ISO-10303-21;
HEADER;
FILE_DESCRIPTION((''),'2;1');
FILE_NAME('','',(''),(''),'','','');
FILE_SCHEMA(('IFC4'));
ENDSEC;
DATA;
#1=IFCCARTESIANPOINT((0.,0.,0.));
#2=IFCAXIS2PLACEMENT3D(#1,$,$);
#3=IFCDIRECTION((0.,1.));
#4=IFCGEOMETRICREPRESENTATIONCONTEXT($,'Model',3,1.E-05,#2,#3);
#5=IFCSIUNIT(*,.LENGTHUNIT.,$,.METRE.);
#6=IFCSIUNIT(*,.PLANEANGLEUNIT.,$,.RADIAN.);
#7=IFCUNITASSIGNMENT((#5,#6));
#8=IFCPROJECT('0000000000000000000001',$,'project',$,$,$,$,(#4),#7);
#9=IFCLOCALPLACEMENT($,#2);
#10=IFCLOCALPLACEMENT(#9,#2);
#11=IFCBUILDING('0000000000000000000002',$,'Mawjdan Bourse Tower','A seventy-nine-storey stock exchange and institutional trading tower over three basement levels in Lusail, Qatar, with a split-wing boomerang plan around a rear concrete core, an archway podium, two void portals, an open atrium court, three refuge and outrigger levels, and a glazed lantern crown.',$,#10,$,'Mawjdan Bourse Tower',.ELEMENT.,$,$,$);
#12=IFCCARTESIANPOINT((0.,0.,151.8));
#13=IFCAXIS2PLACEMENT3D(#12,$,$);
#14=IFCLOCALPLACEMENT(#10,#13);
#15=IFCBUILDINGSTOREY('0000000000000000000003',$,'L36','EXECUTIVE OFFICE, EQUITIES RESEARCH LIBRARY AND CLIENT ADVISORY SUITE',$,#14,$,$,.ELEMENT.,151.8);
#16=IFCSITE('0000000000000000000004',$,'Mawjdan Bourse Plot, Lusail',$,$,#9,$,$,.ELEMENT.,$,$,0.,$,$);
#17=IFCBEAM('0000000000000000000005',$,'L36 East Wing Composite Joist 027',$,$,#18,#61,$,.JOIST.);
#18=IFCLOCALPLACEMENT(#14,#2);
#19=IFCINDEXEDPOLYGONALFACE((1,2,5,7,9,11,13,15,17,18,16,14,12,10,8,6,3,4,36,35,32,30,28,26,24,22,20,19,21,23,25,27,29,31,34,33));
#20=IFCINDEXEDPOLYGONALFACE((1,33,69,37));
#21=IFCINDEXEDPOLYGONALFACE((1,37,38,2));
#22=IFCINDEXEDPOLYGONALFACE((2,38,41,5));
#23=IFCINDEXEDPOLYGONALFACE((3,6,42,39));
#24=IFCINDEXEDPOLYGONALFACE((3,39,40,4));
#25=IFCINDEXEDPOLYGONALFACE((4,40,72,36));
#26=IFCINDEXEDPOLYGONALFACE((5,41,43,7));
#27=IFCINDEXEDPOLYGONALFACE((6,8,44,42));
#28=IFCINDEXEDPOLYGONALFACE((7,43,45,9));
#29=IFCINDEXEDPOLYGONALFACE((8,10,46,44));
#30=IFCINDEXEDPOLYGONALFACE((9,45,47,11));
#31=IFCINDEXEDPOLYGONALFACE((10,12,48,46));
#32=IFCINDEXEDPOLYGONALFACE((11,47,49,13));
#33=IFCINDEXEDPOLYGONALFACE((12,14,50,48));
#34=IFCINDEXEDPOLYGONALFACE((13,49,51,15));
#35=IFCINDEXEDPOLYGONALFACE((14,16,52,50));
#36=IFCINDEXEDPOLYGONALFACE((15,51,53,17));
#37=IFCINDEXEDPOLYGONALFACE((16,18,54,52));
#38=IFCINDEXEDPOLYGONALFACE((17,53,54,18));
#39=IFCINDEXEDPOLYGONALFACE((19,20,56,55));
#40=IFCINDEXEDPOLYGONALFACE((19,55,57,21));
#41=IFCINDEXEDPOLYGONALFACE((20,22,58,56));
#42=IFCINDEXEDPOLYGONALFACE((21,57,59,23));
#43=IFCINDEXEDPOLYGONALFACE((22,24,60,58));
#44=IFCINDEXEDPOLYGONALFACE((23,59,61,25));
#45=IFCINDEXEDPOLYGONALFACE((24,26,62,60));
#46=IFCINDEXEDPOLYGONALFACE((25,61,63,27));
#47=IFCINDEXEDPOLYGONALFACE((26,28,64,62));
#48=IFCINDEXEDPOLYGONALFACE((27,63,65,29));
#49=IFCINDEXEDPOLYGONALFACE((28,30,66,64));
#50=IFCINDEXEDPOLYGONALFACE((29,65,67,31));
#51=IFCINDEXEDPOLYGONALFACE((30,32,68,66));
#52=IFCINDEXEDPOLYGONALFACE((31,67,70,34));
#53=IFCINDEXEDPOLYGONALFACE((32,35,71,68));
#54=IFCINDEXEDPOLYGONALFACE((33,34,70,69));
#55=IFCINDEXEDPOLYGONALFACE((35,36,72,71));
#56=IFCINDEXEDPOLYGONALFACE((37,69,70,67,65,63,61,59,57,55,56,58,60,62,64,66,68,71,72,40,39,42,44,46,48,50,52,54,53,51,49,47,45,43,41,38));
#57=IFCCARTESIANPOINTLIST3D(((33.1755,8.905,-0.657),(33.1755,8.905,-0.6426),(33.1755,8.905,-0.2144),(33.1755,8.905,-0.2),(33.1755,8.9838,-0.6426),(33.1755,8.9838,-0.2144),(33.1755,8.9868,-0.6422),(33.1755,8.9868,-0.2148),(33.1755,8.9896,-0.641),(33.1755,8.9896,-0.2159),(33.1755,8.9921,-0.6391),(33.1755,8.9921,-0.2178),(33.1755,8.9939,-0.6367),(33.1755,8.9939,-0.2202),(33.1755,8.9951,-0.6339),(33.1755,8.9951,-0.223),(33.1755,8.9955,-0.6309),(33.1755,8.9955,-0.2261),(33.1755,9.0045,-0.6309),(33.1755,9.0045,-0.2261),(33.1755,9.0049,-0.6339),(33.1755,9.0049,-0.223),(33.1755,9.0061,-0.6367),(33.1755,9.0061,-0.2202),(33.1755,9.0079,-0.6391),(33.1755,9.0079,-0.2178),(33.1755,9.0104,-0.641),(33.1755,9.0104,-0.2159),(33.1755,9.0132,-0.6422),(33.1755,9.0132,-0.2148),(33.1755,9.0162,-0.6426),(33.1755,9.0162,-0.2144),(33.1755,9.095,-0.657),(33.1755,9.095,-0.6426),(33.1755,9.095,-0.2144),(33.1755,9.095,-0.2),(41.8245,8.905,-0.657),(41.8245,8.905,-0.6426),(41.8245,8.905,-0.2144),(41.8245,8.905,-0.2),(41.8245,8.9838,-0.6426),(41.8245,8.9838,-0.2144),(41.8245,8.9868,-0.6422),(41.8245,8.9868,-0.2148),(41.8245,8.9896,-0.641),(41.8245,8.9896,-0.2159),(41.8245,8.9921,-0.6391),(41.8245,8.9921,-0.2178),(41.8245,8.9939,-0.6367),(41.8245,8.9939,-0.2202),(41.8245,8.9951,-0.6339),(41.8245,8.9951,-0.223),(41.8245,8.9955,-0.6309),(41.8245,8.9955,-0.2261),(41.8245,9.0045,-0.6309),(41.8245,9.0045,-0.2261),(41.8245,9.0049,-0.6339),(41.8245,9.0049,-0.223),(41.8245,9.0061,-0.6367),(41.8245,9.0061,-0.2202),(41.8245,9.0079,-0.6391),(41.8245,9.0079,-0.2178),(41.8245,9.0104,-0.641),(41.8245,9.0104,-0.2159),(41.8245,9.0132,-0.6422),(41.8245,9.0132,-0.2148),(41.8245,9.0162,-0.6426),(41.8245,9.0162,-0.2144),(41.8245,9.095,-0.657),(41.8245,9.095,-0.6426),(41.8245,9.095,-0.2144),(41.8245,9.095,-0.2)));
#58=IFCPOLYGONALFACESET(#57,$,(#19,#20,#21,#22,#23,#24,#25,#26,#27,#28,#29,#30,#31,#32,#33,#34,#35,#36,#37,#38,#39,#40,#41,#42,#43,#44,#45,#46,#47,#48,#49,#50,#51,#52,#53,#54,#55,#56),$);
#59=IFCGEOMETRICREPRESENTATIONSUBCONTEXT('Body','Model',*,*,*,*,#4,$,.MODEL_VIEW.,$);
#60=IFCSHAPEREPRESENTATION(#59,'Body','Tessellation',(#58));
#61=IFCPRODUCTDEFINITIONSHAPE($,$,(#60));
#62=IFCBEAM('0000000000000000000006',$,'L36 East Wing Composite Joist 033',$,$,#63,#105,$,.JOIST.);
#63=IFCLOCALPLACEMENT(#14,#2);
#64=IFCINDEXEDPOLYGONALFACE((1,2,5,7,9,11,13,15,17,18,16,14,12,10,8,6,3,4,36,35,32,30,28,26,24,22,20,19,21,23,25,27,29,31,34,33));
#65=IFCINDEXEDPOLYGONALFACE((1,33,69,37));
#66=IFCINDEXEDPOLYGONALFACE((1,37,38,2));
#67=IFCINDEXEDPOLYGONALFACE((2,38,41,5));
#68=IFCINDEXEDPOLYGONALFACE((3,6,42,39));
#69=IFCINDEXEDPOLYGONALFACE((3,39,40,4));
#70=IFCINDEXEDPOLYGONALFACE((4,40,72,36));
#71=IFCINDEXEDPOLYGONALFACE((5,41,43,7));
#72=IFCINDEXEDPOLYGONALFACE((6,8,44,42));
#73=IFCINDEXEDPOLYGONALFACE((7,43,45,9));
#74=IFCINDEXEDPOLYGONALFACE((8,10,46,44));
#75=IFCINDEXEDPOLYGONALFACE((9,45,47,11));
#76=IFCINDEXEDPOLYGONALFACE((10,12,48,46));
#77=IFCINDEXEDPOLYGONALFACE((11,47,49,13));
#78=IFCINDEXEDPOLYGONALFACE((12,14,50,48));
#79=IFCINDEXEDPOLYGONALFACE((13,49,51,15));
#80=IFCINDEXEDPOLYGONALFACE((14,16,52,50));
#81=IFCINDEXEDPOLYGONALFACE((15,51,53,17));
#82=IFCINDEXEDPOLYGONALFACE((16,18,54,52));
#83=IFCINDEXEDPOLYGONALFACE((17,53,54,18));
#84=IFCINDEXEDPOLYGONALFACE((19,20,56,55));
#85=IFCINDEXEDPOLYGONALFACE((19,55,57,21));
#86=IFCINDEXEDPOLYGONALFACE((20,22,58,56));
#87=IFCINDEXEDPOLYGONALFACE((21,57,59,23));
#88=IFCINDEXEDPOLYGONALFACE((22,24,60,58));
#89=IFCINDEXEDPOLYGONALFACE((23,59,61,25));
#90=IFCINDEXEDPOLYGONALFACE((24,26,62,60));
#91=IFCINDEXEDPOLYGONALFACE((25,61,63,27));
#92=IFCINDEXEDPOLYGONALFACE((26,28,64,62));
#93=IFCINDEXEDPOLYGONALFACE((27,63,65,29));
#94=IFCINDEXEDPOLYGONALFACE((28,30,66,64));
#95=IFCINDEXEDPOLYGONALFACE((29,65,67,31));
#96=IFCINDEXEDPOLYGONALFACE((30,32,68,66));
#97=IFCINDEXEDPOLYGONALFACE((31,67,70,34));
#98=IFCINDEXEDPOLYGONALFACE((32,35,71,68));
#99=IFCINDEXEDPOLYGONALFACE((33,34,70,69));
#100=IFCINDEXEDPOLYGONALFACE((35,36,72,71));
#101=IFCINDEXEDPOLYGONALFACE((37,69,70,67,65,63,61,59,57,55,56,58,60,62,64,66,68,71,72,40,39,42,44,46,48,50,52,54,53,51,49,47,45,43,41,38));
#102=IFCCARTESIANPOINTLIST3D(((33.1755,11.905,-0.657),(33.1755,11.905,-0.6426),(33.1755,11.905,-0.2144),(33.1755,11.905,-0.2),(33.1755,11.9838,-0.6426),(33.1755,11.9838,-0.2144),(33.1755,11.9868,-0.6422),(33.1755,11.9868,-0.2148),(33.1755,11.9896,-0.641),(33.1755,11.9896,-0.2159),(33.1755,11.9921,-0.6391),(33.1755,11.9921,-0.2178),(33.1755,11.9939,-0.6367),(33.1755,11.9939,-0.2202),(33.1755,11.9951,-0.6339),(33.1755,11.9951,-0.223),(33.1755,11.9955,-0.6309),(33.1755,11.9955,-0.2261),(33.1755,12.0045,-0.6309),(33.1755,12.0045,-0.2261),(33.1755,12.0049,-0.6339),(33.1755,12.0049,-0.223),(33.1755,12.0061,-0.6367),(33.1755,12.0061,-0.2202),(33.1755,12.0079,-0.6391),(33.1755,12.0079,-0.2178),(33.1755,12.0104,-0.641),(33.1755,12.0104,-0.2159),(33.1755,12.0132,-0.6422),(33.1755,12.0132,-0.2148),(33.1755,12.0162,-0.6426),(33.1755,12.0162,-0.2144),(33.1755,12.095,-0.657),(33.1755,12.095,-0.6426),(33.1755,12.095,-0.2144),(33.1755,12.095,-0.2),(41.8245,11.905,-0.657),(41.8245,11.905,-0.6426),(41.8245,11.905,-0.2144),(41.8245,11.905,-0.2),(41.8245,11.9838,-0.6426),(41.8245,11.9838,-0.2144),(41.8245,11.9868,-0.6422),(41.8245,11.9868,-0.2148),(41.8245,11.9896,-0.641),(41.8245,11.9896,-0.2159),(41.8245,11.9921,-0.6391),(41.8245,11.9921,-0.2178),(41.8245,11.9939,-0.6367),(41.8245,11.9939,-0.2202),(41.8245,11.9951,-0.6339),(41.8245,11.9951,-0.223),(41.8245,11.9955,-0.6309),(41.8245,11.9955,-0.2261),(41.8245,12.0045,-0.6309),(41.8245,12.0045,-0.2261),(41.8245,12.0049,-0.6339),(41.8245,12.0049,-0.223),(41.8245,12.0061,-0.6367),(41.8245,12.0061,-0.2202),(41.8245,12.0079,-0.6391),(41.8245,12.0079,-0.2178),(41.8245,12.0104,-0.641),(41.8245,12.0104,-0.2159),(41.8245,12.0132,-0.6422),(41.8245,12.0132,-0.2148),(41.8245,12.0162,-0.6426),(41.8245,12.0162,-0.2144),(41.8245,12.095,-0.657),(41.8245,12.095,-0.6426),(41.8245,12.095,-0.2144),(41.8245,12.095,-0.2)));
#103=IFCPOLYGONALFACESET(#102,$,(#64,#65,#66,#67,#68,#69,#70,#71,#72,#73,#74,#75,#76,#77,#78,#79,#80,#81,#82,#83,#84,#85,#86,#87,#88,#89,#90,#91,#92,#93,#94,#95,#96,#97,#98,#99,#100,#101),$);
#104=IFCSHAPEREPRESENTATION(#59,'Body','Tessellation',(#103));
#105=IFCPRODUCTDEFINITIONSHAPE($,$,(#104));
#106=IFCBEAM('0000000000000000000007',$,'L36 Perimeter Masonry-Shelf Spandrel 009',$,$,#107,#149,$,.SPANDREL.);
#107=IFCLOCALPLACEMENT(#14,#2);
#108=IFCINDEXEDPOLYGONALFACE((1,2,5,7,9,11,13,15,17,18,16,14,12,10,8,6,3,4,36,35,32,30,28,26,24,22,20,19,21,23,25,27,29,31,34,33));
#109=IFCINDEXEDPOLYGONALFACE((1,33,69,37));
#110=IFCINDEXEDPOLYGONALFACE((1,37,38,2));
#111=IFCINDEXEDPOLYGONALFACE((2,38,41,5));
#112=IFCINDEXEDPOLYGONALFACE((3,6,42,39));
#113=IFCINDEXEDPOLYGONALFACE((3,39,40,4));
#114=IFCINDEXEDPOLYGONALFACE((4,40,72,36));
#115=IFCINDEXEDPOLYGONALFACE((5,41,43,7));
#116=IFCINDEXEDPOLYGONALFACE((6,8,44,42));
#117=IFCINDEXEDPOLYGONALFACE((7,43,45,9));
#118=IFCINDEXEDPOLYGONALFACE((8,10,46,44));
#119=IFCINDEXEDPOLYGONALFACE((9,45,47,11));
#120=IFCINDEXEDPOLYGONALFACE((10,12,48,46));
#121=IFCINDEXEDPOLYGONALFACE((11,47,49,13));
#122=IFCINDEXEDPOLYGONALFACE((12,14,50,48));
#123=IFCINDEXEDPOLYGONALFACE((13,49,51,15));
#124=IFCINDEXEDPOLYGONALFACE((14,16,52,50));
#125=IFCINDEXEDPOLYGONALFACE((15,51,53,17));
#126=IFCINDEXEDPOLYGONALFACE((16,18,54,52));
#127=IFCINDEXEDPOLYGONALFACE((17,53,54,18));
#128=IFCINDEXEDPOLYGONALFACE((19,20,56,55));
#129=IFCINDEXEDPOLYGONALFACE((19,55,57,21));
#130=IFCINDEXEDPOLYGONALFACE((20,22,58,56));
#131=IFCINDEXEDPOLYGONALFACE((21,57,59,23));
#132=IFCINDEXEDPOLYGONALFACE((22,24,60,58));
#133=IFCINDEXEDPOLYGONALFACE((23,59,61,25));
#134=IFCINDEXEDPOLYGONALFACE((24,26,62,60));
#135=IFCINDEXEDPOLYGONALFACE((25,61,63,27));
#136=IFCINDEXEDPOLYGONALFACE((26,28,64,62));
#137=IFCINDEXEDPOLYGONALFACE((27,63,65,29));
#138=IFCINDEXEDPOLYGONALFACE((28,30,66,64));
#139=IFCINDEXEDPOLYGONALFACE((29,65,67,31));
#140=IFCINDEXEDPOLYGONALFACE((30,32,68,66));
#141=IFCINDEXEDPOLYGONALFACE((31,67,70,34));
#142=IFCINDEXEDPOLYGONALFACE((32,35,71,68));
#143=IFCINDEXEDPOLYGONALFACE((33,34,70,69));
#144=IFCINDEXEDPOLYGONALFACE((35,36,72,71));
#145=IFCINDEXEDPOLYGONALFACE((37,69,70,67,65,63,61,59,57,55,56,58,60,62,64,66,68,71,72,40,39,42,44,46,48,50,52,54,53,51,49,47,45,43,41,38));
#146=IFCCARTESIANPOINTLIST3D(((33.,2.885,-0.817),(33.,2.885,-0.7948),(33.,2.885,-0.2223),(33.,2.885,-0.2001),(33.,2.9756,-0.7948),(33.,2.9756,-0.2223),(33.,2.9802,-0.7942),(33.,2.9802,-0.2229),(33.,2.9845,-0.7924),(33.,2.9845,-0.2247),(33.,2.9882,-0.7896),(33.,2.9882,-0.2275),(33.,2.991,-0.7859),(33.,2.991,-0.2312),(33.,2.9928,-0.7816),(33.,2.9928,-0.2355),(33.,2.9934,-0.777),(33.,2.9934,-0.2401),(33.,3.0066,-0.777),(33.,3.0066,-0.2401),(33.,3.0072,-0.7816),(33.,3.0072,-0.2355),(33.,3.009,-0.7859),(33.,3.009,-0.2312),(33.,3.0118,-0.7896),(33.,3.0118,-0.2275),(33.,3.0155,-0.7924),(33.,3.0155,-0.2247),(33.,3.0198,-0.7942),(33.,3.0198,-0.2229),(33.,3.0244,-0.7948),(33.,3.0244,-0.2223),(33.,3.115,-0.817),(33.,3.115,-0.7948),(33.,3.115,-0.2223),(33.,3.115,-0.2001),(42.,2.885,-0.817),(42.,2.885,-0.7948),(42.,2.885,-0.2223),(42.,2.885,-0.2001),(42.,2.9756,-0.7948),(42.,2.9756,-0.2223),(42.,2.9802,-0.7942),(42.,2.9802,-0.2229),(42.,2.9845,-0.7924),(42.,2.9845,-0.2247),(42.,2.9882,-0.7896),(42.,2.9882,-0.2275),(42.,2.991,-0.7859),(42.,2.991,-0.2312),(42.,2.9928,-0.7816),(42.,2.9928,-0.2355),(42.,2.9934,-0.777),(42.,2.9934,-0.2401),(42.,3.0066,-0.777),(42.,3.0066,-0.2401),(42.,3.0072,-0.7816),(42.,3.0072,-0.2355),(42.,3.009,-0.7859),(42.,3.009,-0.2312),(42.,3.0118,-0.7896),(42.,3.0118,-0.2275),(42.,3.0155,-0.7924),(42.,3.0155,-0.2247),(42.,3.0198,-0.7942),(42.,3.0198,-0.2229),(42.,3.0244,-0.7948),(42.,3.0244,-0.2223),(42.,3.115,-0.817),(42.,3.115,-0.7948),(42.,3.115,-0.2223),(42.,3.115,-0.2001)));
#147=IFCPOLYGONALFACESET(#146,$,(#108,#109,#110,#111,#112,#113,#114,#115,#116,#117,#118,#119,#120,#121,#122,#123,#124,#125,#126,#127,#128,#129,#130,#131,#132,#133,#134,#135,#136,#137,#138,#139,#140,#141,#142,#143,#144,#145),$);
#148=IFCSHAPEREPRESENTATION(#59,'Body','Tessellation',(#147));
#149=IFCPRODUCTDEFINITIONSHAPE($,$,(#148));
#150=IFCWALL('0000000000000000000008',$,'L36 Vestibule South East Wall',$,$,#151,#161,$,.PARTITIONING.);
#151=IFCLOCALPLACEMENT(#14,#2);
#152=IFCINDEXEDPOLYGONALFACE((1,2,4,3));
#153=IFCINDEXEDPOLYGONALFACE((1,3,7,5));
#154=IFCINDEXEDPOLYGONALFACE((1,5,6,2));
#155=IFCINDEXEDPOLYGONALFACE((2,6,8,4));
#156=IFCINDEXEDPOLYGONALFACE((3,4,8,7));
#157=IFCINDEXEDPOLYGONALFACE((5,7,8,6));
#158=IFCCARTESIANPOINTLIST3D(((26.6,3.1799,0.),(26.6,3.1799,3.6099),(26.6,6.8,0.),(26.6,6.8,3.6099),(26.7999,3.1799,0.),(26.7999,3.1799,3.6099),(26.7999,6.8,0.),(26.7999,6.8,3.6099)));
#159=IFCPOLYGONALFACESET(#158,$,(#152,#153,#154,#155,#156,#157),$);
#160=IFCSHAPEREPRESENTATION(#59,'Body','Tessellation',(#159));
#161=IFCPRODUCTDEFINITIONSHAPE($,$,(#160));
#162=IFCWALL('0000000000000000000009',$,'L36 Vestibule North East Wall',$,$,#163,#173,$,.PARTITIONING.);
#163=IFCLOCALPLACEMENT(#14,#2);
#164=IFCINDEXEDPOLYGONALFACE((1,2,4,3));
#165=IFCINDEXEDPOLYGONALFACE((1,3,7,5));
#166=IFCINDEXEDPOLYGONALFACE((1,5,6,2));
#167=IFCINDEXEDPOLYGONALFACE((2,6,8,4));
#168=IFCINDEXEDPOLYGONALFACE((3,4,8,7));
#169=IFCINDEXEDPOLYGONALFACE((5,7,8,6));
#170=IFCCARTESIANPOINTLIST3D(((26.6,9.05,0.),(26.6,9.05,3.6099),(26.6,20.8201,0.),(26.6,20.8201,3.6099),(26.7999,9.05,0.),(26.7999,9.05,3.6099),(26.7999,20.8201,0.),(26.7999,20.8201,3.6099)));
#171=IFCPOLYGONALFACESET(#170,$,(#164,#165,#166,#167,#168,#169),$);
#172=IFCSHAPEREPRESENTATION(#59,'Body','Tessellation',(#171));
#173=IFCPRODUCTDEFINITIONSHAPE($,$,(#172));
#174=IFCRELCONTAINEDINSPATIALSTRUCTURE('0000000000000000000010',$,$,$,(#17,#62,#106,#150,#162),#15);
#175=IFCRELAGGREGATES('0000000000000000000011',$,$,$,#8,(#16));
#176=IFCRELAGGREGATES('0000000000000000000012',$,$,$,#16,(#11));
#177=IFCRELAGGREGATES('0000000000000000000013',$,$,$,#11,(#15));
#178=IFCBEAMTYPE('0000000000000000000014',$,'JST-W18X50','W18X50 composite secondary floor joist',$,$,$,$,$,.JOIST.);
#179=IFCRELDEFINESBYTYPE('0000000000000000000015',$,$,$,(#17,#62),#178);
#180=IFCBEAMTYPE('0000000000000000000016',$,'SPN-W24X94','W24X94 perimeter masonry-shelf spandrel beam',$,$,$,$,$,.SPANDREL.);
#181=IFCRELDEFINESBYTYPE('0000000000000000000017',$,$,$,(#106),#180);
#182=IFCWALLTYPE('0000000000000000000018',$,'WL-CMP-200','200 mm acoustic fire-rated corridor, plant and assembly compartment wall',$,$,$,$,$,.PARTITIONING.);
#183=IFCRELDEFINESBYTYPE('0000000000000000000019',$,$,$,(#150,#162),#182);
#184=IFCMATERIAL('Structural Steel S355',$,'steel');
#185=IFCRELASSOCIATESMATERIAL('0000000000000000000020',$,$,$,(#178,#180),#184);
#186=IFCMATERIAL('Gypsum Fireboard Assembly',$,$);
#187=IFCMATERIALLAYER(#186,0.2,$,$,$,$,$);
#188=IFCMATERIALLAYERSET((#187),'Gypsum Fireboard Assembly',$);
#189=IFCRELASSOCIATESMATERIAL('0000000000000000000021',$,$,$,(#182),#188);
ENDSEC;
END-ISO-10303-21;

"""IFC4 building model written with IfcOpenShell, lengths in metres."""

from ifc_helpers import new_model, si_unit, direction, frame, frame_2d, origin, origin_2d, place, context, subcontext, project, spatial, rectangle, i_section, extrude, material, layer, layer_set, material_profile, profile_set, type_object, element, save


model = new_model("IFC4")

# Units and contexts
model_context = context("Model", 3, precision=1e-05, world=origin(), true_north=direction((0.0, 1.0)))
body_context = subcontext(model_context, "Body", "Model", "MODEL_VIEW")
ifc_project = project(units=[si_unit("LENGTHUNIT", "METRE"), si_unit("PLANEANGLEUNIT", "RADIAN")], contexts=[model_context])

# Site, building, storey
site_placement = place(None, origin())
site = spatial("IfcSite", under=ifc_project, at=site_placement, Name="Mawjdan Bourse Plot, Lusail", CompositionType="ELEMENT", RefElevation=0.0)
building_placement = place(site_placement, origin())
building = spatial("IfcBuilding", under=site, at=building_placement, Name="Mawjdan Bourse Tower", Description="A seventy-nine-storey stock exchange and institutional trading tower over three basement levels in Lusail, Qatar, with a split-wing boomerang plan around a rear concrete core, an archway podium, two void portals, an open atrium court, three refuge and outrigger levels, and a glazed lantern crown.", LongName="Mawjdan Bourse Tower", CompositionType="ELEMENT")
storey_placement = place(building_placement, frame((0.0, 0.0, 151.8)))
storey = spatial("IfcBuildingStorey", under=building, at=storey_placement, Name="L36", Description="EXECUTIVE OFFICE, EQUITIES RESEARCH LIBRARY AND CLIENT ADVISORY SUITE", CompositionType="ELEMENT", Elevation=151.8)

# Beams
ifc_material_1 = material(Name="Structural Steel S355", Category="steel")
ifc_material_profile_1 = material_profile(ifc_material_1, i_section(OverallWidth=0.1899, OverallDepth=0.457, WebThickness=0.009, FlangeThickness=0.0144, FilletRadius=0.0117, at=origin_2d()), Name="W18X50")
ifc_profile_set_1 = profile_set([ifc_material_profile_1], Name="Structural Steel S355")
beam_type_1 = type_object("IfcBeamType", Name="JST-W18X50", Description="W18X50 composite secondary floor joist", PredefinedType="JOIST", material=ifc_profile_set_1)
for number, where, z_axis, x_axis, name in (
    (1, (33.1755, 9.0, -0.4285), (1.0, 0.0, 0.0), (0.0, 1.0, 0.0), "L36 East Wing Composite Joist 027"),
    (2, (33.1755, 12.0, -0.4285), (1.0, 0.0, 0.0), (0.0, 1.0, 0.0), "L36 East Wing Composite Joist 033"),
):
    element("IfcBeam", number, at=place(storey_placement, frame(where, z_axis=z_axis, x_axis=x_axis)), inside=storey, type_object=beam_type_1, Name=name, PredefinedType="JOIST", context=body_context, shape_type="SweptSolid", body=[
        extrude(i_section(OverallWidth=0.1899, OverallDepth=0.457, WebThickness=0.009, FlangeThickness=0.0144, FilletRadius=0.0117, at=origin_2d()), origin(), (0.0, 0.0, 1.0), 8.6489),
    ])
ifc_material_profile_2 = material_profile(ifc_material_1, i_section(OverallWidth=0.23, OverallDepth=0.6169, WebThickness=0.0132, FlangeThickness=0.0222, FilletRadius=0.0178, at=origin_2d()), Name="W24X94")
ifc_profile_set_2 = profile_set([ifc_material_profile_2], Name="Structural Steel S355")
beam_type_2 = type_object("IfcBeamType", Name="SPN-W24X94", Description="W24X94 perimeter masonry-shelf spandrel beam", PredefinedType="SPANDREL", material=ifc_profile_set_2)
beam_placement = place(storey_placement, frame((33.0, 3.0, -0.5085), z_axis=(1.0, 0.0, 0.0), x_axis=(0.0, 1.0, 0.0)))
element("IfcBeam", 3, at=beam_placement, inside=storey, type_object=beam_type_2, Name="L36 Perimeter Masonry-Shelf Spandrel 009", PredefinedType="SPANDREL", context=body_context, shape_type="SweptSolid", body=[
    extrude(i_section(OverallWidth=0.23, OverallDepth=0.6169, WebThickness=0.0132, FlangeThickness=0.0222, FilletRadius=0.0178, at=origin_2d()), origin(), (0.0, 0.0, 1.0), 9.0),
])

# Walls
ifc_material_2 = material(Name="Gypsum Fireboard Assembly")
ifc_layer_1 = layer(ifc_material_2, 0.2)
ifc_layer_set_1 = layer_set([ifc_layer_1], Name="Gypsum Fireboard Assembly")
wall_type_1 = type_object("IfcWallType", Name="WL-CMP-200", Description="200 mm acoustic fire-rated corridor, plant and assembly compartment wall", PredefinedType="PARTITIONING", material=ifc_layer_set_1)
wall_1_placement = place(storey_placement, frame((26.7, 3.1799, 0.0), z_axis=(0.0, 0.0, 1.0), x_axis=(0.0, 1.0, 0.0)))
element("IfcWall", 4, at=wall_1_placement, inside=storey, type_object=wall_type_1, Name="L36 Vestibule South East Wall", PredefinedType="PARTITIONING", context=body_context, shape_type="SweptSolid", body=[
    extrude(rectangle(XDim=3.6201, YDim=0.2, at=frame_2d((1.8101, 0.0))), origin(), (0.0, 0.0, 1.0), 3.6099),
])
wall_2_placement = place(storey_placement, frame((26.7, 9.05, 0.0), z_axis=(0.0, 0.0, 1.0), x_axis=(0.0, 1.0, 0.0)))
element("IfcWall", 5, at=wall_2_placement, inside=storey, type_object=wall_type_1, Name="L36 Vestibule North East Wall", PredefinedType="PARTITIONING", context=body_context, shape_type="SweptSolid", body=[
    extrude(rectangle(XDim=11.77, YDim=0.2, at=frame_2d((5.885, 0.0))), origin(), (0.0, 0.0, 1.0), 3.6099),
])

save(model, "model.ifc")
